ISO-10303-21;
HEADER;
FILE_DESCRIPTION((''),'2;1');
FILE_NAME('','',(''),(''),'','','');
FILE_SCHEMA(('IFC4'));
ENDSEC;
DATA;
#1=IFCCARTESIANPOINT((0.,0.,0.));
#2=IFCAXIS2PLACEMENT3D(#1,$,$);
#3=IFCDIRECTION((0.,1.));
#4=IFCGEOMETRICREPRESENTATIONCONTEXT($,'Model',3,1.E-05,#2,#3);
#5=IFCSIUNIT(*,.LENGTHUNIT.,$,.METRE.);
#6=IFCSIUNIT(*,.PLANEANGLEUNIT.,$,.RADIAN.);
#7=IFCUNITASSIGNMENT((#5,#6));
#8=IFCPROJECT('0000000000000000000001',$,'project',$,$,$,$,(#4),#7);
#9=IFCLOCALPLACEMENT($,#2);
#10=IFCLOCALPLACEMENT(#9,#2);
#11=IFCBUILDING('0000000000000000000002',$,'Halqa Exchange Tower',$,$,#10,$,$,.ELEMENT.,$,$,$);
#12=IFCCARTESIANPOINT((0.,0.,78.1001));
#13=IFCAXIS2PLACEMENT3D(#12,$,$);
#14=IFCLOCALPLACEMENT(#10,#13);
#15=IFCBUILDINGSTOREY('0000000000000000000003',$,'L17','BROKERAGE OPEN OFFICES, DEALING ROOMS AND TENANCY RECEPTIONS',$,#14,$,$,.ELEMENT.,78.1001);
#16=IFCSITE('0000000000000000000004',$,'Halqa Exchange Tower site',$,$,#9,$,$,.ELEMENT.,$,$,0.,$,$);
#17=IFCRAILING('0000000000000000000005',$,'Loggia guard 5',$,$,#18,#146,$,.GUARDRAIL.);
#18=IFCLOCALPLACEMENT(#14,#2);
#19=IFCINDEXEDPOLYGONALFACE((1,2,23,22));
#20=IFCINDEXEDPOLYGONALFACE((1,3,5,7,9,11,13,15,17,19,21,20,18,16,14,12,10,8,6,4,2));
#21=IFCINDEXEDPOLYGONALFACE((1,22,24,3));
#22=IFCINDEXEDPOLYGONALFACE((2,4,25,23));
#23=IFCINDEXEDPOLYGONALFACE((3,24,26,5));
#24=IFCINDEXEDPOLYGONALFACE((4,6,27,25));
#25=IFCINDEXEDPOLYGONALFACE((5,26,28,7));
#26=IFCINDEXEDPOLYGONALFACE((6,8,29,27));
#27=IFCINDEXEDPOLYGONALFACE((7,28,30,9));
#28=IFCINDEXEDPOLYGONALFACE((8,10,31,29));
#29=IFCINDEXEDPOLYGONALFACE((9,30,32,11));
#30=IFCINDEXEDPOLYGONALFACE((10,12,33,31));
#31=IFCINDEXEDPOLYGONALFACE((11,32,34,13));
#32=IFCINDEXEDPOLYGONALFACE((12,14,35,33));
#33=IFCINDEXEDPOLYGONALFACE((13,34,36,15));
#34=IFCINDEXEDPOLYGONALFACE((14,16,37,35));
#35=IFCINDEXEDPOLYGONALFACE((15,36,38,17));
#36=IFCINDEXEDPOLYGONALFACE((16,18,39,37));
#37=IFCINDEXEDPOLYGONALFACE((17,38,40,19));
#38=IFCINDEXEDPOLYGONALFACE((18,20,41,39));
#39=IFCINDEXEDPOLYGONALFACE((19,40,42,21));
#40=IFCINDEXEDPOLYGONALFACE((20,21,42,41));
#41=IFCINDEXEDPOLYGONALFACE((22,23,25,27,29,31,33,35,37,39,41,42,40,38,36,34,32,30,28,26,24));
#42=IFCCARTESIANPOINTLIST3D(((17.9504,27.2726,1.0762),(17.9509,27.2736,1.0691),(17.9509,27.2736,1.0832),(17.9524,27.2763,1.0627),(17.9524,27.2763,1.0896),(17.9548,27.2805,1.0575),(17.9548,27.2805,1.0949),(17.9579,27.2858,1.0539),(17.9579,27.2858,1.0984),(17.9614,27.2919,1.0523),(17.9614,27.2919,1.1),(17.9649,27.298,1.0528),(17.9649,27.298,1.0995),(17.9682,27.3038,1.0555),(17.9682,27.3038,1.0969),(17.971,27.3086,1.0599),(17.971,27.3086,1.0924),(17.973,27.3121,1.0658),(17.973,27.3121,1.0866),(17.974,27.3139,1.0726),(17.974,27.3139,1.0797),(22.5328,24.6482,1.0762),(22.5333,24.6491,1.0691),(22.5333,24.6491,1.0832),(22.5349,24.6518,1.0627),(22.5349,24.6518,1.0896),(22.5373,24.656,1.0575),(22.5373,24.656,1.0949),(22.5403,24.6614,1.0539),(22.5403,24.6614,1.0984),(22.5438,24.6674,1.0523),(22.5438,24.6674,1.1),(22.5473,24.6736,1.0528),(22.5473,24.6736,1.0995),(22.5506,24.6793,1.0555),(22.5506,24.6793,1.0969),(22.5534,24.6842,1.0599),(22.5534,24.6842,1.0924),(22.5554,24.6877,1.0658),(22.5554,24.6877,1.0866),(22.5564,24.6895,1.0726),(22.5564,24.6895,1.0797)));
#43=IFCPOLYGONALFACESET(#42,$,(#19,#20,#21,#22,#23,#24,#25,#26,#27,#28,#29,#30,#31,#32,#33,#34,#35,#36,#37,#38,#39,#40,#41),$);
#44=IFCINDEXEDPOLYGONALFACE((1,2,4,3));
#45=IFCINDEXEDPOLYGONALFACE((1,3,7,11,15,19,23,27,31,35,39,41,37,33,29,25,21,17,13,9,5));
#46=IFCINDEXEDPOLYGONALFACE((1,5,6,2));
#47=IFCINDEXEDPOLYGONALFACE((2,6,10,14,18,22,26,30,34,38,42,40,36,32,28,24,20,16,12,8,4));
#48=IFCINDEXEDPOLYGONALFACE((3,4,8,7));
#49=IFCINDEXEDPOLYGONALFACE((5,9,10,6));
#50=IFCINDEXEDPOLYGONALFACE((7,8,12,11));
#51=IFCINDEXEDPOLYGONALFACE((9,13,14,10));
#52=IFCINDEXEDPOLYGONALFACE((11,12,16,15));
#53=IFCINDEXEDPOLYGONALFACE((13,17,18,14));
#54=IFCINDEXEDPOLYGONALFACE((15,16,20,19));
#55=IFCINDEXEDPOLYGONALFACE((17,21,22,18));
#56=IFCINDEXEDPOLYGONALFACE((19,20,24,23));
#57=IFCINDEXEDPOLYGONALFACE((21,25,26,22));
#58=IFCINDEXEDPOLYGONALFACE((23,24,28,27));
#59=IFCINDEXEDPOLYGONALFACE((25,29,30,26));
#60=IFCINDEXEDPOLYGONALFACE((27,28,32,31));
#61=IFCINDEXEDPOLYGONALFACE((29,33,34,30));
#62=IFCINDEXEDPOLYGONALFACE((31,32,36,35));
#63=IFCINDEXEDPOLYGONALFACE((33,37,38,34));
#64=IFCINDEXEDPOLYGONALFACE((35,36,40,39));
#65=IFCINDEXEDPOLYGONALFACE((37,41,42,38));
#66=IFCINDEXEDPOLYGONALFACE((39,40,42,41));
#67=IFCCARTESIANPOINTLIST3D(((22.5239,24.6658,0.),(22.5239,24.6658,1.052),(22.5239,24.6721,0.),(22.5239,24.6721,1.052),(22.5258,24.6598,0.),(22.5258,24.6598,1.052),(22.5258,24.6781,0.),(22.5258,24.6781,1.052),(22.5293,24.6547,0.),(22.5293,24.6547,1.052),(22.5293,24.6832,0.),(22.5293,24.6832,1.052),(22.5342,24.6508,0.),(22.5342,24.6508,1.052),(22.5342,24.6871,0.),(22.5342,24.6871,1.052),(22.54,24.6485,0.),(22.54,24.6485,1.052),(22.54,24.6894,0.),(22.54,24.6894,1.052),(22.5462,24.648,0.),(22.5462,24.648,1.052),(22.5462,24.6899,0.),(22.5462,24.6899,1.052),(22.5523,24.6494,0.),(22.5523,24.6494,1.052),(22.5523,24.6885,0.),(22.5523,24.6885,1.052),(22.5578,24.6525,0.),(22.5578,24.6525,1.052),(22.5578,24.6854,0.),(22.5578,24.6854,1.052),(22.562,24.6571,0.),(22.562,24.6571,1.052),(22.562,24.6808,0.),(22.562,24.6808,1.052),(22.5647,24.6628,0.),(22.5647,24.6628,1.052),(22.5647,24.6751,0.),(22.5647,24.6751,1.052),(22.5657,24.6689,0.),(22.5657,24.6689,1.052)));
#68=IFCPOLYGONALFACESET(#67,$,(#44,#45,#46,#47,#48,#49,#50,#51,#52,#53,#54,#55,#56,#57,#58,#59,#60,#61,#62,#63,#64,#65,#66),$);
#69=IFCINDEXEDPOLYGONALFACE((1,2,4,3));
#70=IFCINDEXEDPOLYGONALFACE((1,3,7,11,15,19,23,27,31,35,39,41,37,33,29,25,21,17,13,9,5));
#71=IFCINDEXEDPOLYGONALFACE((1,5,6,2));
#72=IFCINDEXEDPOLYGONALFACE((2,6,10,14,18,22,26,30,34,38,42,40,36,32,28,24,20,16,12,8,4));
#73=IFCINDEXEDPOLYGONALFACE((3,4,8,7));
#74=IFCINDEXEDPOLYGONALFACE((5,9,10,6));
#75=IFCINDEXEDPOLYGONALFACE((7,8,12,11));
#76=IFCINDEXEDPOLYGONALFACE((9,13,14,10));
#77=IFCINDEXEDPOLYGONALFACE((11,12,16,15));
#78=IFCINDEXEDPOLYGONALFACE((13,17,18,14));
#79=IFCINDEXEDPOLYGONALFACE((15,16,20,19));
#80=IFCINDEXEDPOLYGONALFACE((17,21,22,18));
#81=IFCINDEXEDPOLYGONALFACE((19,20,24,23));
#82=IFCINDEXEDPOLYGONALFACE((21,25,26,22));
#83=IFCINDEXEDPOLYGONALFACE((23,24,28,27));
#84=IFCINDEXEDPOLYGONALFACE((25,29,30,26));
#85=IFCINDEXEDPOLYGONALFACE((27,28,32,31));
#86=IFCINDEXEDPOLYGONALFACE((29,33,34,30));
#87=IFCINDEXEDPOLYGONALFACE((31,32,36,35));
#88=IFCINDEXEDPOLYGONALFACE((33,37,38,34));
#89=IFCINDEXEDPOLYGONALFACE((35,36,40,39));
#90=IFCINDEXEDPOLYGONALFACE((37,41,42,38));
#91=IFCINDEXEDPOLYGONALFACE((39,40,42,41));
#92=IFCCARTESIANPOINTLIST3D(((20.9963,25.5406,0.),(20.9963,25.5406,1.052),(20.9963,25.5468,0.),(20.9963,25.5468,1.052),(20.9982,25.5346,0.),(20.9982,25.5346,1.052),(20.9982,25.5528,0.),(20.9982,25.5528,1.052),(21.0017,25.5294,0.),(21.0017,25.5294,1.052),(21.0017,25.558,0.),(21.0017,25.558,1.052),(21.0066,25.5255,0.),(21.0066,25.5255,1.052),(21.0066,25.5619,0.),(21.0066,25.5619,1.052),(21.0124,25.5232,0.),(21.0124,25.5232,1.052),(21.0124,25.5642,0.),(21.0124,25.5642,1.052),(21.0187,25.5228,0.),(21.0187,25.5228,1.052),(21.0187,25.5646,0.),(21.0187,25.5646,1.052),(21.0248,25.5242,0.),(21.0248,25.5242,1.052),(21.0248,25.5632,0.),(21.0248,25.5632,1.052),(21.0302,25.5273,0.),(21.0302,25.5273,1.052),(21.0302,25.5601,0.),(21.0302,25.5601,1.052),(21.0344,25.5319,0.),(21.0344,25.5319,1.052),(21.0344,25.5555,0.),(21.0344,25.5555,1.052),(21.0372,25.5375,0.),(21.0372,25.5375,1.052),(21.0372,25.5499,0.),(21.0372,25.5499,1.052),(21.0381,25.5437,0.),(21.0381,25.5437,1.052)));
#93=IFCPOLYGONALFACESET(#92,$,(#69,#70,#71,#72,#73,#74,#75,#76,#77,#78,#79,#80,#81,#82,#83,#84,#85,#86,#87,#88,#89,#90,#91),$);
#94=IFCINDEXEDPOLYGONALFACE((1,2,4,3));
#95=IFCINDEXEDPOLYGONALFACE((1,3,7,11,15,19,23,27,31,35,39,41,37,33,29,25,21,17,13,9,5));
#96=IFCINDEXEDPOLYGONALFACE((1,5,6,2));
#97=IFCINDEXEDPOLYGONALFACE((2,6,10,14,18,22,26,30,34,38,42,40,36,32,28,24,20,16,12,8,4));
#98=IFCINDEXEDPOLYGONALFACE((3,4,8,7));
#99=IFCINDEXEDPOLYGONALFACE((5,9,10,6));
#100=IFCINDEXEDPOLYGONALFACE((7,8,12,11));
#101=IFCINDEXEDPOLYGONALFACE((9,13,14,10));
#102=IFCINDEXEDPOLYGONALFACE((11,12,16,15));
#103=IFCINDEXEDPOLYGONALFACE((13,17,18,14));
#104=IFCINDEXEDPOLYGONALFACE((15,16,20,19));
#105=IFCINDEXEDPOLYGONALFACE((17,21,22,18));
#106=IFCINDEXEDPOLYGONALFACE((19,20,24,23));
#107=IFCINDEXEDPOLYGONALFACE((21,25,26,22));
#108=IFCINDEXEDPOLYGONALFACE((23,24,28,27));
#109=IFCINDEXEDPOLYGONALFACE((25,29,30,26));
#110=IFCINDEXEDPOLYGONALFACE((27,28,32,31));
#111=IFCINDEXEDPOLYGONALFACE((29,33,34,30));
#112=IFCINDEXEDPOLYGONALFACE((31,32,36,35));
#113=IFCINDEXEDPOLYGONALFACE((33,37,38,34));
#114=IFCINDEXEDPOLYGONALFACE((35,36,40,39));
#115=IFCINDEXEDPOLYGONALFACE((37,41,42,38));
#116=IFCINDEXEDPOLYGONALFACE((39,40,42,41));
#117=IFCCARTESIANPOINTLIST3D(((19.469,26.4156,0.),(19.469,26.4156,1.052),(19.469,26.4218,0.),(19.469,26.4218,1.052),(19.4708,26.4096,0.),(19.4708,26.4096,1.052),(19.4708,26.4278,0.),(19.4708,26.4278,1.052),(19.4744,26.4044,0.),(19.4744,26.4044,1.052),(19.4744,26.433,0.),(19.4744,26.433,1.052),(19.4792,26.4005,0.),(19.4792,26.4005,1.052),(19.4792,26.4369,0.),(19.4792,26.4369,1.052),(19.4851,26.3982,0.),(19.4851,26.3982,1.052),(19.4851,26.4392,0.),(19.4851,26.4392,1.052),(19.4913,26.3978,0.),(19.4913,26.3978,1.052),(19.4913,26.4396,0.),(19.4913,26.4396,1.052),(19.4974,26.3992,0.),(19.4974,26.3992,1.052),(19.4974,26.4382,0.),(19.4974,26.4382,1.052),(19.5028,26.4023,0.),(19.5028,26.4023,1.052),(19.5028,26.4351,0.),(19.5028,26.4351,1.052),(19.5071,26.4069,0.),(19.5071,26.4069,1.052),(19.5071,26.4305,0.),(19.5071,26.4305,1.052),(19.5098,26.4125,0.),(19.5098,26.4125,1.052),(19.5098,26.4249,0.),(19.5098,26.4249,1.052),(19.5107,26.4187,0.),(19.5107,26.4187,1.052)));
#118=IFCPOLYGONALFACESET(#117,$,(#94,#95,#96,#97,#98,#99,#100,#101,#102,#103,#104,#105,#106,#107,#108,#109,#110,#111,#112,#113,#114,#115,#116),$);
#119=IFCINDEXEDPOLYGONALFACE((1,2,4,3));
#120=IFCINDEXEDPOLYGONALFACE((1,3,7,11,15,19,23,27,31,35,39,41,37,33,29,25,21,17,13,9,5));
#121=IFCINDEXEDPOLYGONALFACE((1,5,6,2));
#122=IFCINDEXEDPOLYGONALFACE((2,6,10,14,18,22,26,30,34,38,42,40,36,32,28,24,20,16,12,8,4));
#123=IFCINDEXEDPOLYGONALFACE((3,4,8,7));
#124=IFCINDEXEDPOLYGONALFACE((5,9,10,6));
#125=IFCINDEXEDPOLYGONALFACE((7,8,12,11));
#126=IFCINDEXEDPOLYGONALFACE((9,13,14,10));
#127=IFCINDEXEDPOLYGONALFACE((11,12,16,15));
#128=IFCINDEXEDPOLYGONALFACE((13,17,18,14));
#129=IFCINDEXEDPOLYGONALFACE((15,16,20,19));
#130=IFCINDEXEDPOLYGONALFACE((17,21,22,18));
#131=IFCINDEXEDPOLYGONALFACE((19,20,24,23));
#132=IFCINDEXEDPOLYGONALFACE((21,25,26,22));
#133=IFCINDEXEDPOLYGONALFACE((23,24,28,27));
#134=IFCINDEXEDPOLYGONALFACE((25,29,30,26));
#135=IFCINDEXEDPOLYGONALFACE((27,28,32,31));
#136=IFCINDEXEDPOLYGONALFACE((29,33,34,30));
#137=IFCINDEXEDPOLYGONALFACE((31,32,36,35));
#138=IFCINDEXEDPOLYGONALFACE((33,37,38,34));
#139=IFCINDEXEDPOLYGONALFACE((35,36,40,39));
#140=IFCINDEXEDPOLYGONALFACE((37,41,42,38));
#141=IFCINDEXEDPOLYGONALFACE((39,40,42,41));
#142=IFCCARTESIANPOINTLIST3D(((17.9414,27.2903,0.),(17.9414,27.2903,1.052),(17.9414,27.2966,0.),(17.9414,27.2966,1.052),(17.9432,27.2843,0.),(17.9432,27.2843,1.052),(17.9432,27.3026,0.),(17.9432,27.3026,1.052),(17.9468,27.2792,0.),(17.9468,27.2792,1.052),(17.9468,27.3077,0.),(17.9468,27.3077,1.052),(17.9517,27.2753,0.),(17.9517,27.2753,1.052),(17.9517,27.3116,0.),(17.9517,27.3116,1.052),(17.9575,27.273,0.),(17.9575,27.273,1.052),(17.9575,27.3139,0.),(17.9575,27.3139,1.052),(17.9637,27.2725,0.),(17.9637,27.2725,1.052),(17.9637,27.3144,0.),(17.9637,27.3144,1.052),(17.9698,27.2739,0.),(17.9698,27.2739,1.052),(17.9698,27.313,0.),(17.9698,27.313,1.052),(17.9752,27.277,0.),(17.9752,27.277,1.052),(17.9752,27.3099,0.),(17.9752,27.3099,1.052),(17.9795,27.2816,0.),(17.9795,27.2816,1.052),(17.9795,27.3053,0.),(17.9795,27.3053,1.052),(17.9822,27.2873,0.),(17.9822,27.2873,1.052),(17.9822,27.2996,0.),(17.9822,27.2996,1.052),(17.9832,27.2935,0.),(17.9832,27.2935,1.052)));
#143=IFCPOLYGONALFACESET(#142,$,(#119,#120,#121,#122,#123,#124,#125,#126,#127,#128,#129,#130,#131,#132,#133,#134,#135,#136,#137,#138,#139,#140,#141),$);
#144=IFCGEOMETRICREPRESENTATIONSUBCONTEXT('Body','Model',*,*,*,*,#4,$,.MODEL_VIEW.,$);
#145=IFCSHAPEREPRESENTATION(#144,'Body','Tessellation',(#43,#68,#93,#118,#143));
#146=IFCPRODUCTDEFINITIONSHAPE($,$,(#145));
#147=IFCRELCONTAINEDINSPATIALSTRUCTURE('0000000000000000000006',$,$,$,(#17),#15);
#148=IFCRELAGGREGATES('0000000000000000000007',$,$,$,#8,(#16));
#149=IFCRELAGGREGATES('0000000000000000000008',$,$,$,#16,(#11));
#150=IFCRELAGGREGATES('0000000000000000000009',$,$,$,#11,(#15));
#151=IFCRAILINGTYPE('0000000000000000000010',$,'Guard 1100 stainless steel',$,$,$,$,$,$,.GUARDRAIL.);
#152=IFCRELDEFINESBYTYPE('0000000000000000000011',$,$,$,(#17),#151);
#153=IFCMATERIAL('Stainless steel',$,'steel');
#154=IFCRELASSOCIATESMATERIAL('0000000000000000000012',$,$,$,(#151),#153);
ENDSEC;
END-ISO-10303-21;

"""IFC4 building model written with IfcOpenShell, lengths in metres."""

from ifc_helpers import new_model, si_unit, direction, frame, origin, origin_2d, place, context, subcontext, project, spatial, circle, extrude, material, type_object, element, save


model = new_model("IFC4")

# Units and contexts
model_context = context("Model", 3, precision=1e-05, world=origin(), true_north=direction((0.0, 1.0)))
body_context = subcontext(model_context, "Body", "Model", "MODEL_VIEW")
ifc_project = project(units=[si_unit("LENGTHUNIT", "METRE"), si_unit("PLANEANGLEUNIT", "RADIAN")], contexts=[model_context])

# Site, building, storey
site_placement = place(None, origin())
site = spatial("IfcSite", under=ifc_project, at=site_placement, Name="Halqa Exchange Tower site", CompositionType="ELEMENT", RefElevation=0.0)
building_placement = place(site_placement, origin())
building = spatial("IfcBuilding", under=site, at=building_placement, Name="Halqa Exchange Tower", CompositionType="ELEMENT")
storey_placement = place(building_placement, frame((0.0, 0.0, 78.1001)))
storey = spatial("IfcBuildingStorey", under=building, at=storey_placement, Name="L17", Description="BROKERAGE OPEN OFFICES, DEALING ROOMS AND TENANCY RECEPTIONS", CompositionType="ELEMENT", Elevation=78.1001)

# Railing
ifc_material_1 = material(Name="Stainless steel", Category="steel")
railing_type = type_object("IfcRailingType", Name="Guard 1100 stainless steel", PredefinedType="GUARDRAIL", material=ifc_material_1)
railing_1_placement = place(storey_placement, frame((22.5447, 24.6689, 0.0)))
element("IfcRailing", 1, at=railing_1_placement, inside=storey, type_object=railing_type, Name="Loggia guard 5", PredefinedType="GUARDRAIL", context=body_context, shape_type="SweptSolid", body=[
    extrude(circle(Radius=0.0239, at=origin_2d()), frame((0.0, 0.0, 1.0762), z_axis=(-0.867759, 0.496985, 0.0), x_axis=(-0.496985, -0.867759, 0.0)), (0.0, 0.0, 1.0), 5.2808),
    extrude(circle(Radius=0.021, at=origin_2d()), origin(), (0.0, 0.0, 1.0), 1.052),
    extrude(circle(Radius=0.021, at=origin_2d()), frame((-1.5276, 0.8748, 0.0)), (0.0, 0.0, 1.0), 1.052),
    extrude(circle(Radius=0.021, at=origin_2d()), frame((-3.0549, 1.7498, 0.0)), (0.0, 0.0, 1.0), 1.052),
    extrude(circle(Radius=0.021, at=origin_2d()), frame((-4.5825, 2.6245, 0.0)), (0.0, 0.0, 1.0), 1.052),
])

save(model, "model.ifc")
